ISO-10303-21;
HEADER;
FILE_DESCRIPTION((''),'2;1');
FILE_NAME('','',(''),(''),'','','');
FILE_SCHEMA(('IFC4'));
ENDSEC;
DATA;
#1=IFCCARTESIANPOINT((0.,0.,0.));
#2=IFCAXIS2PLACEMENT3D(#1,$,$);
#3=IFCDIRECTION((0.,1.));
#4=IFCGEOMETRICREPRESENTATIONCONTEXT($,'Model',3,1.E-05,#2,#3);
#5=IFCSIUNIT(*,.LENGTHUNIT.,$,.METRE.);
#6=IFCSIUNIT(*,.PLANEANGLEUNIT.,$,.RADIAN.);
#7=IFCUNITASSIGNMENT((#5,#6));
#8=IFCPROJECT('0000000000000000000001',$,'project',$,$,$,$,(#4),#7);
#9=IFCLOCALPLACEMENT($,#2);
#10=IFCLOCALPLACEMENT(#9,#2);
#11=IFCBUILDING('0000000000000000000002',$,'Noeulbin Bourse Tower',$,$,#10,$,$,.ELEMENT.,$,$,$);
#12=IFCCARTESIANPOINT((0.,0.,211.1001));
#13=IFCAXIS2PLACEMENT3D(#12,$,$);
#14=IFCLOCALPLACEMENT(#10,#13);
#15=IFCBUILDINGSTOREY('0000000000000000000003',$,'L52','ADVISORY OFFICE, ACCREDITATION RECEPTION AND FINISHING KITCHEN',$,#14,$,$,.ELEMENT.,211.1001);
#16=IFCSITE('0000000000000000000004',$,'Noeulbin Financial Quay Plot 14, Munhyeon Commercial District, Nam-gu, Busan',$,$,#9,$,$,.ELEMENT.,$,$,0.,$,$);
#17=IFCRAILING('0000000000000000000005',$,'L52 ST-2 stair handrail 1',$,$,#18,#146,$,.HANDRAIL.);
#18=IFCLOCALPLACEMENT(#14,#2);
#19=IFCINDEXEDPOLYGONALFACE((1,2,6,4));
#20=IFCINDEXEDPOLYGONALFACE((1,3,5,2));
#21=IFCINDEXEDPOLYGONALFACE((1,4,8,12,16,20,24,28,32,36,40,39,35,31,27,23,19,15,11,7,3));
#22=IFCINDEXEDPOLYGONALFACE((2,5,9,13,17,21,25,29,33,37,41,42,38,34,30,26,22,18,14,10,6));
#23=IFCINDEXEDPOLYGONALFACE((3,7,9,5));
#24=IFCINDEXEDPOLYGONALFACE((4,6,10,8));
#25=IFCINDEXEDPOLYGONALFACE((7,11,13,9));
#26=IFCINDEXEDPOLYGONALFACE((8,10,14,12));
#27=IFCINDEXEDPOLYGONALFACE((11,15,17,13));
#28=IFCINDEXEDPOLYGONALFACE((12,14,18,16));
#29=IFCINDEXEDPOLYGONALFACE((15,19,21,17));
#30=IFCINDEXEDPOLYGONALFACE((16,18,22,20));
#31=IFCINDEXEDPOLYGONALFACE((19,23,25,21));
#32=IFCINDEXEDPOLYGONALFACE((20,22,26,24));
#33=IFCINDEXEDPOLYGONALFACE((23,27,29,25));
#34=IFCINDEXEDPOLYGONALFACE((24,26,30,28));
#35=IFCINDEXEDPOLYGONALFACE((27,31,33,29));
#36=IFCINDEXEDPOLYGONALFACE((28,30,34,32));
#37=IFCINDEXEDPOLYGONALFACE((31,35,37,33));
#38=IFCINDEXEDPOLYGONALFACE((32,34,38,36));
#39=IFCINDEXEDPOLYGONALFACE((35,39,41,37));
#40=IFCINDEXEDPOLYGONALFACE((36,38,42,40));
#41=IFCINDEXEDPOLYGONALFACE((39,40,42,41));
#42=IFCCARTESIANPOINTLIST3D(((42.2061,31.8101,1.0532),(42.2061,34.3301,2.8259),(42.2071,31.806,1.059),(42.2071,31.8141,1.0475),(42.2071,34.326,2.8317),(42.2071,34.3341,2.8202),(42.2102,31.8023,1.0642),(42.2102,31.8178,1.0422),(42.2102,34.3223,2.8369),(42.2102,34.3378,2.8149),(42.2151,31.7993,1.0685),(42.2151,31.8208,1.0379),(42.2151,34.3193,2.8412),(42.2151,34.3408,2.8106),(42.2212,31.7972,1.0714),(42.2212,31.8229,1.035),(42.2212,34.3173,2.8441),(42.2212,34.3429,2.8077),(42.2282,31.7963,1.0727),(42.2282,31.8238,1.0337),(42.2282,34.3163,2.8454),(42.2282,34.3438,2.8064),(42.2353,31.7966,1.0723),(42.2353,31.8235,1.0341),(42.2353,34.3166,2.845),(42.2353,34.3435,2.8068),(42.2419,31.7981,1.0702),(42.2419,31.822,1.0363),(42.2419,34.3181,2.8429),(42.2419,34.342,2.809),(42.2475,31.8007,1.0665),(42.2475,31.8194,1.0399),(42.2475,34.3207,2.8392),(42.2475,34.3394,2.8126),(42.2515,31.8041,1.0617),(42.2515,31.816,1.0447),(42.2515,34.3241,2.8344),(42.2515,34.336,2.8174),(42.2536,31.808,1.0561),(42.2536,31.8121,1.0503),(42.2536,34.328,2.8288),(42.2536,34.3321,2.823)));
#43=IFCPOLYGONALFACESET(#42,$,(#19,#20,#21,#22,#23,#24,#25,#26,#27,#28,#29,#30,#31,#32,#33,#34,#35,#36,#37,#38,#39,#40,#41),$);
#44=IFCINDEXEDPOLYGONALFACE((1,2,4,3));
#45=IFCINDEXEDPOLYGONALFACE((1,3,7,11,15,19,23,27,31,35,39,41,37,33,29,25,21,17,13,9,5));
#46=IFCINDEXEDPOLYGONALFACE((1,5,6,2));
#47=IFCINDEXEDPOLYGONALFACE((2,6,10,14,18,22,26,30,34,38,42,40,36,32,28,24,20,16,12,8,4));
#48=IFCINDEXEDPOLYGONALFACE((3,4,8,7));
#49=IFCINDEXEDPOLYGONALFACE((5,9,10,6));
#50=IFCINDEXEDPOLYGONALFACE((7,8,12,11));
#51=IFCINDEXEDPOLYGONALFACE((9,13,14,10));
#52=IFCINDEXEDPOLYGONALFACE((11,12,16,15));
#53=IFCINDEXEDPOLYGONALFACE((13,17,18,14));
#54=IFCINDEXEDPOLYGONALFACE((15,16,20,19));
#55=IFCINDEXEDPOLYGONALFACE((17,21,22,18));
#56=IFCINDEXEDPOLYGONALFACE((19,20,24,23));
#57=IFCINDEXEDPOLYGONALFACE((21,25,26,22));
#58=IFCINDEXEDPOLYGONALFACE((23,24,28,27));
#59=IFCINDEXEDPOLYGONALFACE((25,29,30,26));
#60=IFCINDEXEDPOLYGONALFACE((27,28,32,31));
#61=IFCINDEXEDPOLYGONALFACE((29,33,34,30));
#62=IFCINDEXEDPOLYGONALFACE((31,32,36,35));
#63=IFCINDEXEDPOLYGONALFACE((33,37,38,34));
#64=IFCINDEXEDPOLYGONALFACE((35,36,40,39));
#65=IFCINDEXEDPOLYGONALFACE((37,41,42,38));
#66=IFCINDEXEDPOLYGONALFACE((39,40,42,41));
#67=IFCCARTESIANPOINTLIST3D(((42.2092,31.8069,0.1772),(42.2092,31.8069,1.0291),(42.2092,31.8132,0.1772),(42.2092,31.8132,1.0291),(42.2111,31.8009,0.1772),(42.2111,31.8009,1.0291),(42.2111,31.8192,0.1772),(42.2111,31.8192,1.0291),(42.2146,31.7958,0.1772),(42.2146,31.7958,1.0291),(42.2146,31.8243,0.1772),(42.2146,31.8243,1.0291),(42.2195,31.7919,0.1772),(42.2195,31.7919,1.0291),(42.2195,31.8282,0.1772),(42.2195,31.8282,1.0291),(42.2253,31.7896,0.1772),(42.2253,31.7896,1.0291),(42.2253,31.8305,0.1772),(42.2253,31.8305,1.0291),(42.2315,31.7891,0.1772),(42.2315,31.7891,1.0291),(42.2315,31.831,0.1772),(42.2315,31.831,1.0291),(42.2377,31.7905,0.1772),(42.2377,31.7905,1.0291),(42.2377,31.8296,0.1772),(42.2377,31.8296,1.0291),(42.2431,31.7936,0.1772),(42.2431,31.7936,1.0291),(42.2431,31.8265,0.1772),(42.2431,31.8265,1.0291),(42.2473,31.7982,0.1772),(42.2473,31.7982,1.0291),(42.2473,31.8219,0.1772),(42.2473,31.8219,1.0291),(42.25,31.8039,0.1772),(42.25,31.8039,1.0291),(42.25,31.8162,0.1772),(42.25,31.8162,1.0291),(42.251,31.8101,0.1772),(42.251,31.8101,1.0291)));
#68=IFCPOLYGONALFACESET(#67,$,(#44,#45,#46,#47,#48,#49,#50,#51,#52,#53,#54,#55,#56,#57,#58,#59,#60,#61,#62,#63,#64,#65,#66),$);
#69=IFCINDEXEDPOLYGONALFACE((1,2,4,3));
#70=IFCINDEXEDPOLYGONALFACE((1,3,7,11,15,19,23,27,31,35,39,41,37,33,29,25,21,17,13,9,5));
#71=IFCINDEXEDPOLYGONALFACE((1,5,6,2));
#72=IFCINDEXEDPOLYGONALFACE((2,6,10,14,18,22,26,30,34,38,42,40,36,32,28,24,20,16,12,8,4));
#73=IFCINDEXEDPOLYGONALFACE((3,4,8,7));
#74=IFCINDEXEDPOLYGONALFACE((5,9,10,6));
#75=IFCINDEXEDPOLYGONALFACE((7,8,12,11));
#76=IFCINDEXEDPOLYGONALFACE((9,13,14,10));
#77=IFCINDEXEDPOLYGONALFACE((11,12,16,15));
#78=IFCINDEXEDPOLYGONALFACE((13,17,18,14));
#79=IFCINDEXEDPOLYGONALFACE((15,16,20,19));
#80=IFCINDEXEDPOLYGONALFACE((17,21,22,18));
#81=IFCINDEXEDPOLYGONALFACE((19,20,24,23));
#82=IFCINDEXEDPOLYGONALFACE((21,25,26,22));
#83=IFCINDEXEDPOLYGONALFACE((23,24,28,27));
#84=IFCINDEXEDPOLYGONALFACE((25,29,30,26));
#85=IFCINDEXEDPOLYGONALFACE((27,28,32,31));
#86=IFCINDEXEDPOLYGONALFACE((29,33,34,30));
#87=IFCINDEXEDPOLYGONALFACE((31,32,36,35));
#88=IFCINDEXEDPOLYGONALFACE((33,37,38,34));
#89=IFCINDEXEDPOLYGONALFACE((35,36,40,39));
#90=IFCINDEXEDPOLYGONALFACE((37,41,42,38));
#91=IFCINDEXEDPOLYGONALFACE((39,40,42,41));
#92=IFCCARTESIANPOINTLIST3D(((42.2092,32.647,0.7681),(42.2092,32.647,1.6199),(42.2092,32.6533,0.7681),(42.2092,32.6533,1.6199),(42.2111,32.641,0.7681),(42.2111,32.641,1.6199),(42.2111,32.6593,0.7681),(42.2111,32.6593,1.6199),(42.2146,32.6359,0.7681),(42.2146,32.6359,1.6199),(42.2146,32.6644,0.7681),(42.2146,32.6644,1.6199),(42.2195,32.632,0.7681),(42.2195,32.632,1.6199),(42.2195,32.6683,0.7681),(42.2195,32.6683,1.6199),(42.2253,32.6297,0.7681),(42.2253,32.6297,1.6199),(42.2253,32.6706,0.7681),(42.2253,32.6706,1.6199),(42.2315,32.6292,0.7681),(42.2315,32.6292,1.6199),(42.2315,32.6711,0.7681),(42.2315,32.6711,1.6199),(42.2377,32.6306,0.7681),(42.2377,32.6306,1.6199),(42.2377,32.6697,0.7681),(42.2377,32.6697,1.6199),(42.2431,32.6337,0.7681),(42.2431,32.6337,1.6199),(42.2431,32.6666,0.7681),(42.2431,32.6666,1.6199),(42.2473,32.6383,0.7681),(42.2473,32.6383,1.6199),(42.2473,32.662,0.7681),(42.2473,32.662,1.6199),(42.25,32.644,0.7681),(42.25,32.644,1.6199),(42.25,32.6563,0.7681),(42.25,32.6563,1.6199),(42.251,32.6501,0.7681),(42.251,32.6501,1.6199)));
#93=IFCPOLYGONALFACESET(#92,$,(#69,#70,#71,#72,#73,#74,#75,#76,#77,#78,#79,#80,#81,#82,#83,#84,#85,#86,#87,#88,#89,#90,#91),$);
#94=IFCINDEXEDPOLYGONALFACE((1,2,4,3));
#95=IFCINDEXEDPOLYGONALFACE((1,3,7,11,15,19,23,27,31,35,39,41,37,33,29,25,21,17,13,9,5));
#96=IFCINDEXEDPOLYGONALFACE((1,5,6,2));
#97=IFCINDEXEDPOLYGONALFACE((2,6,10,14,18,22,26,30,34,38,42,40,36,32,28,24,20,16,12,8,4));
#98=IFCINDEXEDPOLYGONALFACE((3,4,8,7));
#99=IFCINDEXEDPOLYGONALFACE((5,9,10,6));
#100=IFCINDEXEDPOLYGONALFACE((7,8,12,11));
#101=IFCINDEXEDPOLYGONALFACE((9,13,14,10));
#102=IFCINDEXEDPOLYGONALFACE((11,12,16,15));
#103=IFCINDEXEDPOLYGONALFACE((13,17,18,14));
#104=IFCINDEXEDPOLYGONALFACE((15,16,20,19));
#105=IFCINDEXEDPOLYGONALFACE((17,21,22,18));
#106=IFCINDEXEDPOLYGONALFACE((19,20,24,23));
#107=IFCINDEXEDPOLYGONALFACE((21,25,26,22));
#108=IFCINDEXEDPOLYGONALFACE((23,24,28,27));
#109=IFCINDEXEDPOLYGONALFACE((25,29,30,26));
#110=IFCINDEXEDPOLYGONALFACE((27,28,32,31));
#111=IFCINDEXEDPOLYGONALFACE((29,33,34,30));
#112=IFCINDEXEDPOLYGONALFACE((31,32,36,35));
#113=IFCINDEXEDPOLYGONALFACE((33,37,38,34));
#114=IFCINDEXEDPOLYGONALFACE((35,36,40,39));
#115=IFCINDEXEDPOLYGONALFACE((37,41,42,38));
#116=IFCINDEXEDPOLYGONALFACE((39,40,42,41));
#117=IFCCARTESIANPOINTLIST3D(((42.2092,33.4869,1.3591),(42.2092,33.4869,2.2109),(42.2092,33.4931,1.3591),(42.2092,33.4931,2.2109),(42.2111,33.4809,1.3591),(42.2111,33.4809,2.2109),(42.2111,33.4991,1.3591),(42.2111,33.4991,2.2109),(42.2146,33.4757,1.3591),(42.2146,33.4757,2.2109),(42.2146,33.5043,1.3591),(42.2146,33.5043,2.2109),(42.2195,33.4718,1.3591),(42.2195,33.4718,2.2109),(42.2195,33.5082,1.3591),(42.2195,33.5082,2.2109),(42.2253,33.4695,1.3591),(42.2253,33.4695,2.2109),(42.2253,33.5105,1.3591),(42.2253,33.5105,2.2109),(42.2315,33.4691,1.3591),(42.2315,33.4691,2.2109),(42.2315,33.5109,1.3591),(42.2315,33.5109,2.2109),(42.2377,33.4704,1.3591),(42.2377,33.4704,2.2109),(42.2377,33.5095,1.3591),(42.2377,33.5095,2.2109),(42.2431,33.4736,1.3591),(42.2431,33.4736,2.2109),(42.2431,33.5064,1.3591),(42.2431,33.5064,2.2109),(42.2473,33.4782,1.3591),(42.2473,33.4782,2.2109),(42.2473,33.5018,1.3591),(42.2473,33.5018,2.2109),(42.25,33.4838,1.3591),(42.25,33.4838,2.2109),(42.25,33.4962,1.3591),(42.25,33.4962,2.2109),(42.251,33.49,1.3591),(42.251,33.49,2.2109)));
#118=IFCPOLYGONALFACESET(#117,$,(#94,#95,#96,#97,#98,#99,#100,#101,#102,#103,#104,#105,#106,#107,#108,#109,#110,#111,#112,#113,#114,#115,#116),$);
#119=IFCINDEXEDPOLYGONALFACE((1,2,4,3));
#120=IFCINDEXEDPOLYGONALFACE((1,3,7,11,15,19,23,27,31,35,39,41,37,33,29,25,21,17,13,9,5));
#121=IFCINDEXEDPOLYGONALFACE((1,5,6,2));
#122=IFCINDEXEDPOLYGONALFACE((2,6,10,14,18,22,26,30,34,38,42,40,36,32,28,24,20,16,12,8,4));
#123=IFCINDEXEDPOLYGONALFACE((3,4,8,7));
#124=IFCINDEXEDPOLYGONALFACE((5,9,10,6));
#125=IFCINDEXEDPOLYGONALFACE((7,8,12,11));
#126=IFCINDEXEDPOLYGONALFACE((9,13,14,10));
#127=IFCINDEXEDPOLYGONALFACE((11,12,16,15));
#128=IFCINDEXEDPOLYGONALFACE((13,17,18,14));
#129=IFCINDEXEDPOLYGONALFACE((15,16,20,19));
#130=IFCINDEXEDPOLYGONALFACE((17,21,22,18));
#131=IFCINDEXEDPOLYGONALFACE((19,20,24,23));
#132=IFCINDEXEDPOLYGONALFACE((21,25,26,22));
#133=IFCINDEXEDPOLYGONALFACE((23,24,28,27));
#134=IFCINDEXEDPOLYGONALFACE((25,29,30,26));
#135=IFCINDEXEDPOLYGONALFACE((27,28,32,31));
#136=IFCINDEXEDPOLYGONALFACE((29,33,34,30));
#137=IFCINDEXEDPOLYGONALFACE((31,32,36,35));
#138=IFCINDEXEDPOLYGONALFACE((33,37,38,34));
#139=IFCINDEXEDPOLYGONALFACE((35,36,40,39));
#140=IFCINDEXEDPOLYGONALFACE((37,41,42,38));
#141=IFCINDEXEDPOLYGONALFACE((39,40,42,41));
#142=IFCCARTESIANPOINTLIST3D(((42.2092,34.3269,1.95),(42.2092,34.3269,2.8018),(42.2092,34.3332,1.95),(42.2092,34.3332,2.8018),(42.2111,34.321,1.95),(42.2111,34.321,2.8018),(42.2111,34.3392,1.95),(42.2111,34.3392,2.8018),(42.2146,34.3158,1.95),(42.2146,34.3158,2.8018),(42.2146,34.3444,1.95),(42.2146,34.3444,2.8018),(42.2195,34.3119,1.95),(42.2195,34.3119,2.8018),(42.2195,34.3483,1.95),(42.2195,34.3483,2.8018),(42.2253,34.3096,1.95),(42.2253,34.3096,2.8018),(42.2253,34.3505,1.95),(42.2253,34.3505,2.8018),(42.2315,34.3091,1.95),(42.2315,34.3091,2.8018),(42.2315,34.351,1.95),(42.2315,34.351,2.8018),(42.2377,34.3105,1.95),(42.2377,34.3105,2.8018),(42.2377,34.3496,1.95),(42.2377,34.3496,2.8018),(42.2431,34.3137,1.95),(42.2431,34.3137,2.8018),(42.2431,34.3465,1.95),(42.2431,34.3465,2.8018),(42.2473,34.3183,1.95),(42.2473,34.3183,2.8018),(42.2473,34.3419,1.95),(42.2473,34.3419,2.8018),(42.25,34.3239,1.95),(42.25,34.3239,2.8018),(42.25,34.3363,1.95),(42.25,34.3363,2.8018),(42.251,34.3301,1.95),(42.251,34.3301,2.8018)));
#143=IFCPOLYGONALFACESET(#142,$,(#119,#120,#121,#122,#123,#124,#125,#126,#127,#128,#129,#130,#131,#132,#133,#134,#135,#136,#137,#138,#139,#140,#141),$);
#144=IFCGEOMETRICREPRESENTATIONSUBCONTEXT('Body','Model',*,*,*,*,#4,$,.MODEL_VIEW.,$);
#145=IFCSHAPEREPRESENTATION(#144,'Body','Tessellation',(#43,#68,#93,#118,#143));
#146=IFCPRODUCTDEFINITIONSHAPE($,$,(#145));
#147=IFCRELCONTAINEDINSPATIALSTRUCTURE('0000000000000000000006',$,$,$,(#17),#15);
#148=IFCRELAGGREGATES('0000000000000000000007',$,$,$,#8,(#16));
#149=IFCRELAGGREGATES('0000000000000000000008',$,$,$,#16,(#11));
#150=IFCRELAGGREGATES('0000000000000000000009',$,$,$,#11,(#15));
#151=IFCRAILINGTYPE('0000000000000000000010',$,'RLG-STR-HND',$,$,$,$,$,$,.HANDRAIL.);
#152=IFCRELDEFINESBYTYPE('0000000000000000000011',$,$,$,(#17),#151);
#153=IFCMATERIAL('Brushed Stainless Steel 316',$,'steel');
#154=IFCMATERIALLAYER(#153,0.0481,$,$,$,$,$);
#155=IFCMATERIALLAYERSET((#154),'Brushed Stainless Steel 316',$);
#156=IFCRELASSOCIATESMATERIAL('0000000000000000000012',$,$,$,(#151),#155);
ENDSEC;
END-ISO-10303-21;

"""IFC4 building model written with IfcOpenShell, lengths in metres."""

from ifc_helpers import new_model, si_unit, direction, frame, origin, origin_2d, place, context, subcontext, project, spatial, circle, extrude, material, layer, layer_set, type_object, element, save


model = new_model("IFC4")

# Units and contexts
model_context = context("Model", 3, precision=1e-05, world=origin(), true_north=direction((0.0, 1.0)))
body_context = subcontext(model_context, "Body", "Model", "MODEL_VIEW")
ifc_project = project(units=[si_unit("LENGTHUNIT", "METRE"), si_unit("PLANEANGLEUNIT", "RADIAN")], contexts=[model_context])

# Site, building, storey
site_placement = place(None, origin())
site = spatial("IfcSite", under=ifc_project, at=site_placement, Name="Noeulbin Financial Quay Plot 14, Munhyeon Commercial District, Nam-gu, Busan", CompositionType="ELEMENT", RefElevation=0.0)
building_placement = place(site_placement, origin())
building = spatial("IfcBuilding", under=site, at=building_placement, Name="Noeulbin Bourse Tower", CompositionType="ELEMENT")
storey_placement = place(building_placement, frame((0.0, 0.0, 211.1001)))
storey = spatial("IfcBuildingStorey", under=building, at=storey_placement, Name="L52", Description="ADVISORY OFFICE, ACCREDITATION RECEPTION AND FINISHING KITCHEN", CompositionType="ELEMENT", Elevation=211.1001)

# Railing
ifc_material_1 = material(Name="Brushed Stainless Steel 316", Category="steel")
ifc_layer_1 = layer(ifc_material_1, 0.0481)
ifc_layer_set_1 = layer_set([ifc_layer_1], Name="Brushed Stainless Steel 316")
railing_type = type_object("IfcRailingType", Name="RLG-STR-HND", PredefinedType="HANDRAIL", material=ifc_layer_set_1)
railing_placement = place(storey_placement, frame((42.23, 31.8101, 0.1772)))
element("IfcRailing", 1, at=railing_placement, inside=storey, type_object=railing_type, Name="L52 ST-2 stair handrail 1", PredefinedType="HANDRAIL", context=body_context, shape_type="SweptSolid", body=[
    extrude(circle(Radius=0.0239, at=origin_2d()), frame((0.0, 0.0, 0.876), z_axis=(0.0, 0.817904, 0.575354), x_axis=(-1.0, 0.0, 0.0)), (0.0, 0.0, 1.0), 3.0811),
    extrude(circle(Radius=0.021, at=origin_2d()), origin(), (0.0, 0.0, 1.0), 0.8518),
    extrude(circle(Radius=0.021, at=origin_2d()), frame((0.0, 0.8401, 0.5908)), (0.0, 0.0, 1.0), 0.8518),
    extrude(circle(Radius=0.021, at=origin_2d()), frame((0.0, 1.6799, 1.1819)), (0.0, 0.0, 1.0), 0.8518),
    extrude(circle(Radius=0.021, at=origin_2d()), frame((0.0, 2.52, 1.7727)), (0.0, 0.0, 1.0), 0.8518),
])

save(model, "model.ifc")
